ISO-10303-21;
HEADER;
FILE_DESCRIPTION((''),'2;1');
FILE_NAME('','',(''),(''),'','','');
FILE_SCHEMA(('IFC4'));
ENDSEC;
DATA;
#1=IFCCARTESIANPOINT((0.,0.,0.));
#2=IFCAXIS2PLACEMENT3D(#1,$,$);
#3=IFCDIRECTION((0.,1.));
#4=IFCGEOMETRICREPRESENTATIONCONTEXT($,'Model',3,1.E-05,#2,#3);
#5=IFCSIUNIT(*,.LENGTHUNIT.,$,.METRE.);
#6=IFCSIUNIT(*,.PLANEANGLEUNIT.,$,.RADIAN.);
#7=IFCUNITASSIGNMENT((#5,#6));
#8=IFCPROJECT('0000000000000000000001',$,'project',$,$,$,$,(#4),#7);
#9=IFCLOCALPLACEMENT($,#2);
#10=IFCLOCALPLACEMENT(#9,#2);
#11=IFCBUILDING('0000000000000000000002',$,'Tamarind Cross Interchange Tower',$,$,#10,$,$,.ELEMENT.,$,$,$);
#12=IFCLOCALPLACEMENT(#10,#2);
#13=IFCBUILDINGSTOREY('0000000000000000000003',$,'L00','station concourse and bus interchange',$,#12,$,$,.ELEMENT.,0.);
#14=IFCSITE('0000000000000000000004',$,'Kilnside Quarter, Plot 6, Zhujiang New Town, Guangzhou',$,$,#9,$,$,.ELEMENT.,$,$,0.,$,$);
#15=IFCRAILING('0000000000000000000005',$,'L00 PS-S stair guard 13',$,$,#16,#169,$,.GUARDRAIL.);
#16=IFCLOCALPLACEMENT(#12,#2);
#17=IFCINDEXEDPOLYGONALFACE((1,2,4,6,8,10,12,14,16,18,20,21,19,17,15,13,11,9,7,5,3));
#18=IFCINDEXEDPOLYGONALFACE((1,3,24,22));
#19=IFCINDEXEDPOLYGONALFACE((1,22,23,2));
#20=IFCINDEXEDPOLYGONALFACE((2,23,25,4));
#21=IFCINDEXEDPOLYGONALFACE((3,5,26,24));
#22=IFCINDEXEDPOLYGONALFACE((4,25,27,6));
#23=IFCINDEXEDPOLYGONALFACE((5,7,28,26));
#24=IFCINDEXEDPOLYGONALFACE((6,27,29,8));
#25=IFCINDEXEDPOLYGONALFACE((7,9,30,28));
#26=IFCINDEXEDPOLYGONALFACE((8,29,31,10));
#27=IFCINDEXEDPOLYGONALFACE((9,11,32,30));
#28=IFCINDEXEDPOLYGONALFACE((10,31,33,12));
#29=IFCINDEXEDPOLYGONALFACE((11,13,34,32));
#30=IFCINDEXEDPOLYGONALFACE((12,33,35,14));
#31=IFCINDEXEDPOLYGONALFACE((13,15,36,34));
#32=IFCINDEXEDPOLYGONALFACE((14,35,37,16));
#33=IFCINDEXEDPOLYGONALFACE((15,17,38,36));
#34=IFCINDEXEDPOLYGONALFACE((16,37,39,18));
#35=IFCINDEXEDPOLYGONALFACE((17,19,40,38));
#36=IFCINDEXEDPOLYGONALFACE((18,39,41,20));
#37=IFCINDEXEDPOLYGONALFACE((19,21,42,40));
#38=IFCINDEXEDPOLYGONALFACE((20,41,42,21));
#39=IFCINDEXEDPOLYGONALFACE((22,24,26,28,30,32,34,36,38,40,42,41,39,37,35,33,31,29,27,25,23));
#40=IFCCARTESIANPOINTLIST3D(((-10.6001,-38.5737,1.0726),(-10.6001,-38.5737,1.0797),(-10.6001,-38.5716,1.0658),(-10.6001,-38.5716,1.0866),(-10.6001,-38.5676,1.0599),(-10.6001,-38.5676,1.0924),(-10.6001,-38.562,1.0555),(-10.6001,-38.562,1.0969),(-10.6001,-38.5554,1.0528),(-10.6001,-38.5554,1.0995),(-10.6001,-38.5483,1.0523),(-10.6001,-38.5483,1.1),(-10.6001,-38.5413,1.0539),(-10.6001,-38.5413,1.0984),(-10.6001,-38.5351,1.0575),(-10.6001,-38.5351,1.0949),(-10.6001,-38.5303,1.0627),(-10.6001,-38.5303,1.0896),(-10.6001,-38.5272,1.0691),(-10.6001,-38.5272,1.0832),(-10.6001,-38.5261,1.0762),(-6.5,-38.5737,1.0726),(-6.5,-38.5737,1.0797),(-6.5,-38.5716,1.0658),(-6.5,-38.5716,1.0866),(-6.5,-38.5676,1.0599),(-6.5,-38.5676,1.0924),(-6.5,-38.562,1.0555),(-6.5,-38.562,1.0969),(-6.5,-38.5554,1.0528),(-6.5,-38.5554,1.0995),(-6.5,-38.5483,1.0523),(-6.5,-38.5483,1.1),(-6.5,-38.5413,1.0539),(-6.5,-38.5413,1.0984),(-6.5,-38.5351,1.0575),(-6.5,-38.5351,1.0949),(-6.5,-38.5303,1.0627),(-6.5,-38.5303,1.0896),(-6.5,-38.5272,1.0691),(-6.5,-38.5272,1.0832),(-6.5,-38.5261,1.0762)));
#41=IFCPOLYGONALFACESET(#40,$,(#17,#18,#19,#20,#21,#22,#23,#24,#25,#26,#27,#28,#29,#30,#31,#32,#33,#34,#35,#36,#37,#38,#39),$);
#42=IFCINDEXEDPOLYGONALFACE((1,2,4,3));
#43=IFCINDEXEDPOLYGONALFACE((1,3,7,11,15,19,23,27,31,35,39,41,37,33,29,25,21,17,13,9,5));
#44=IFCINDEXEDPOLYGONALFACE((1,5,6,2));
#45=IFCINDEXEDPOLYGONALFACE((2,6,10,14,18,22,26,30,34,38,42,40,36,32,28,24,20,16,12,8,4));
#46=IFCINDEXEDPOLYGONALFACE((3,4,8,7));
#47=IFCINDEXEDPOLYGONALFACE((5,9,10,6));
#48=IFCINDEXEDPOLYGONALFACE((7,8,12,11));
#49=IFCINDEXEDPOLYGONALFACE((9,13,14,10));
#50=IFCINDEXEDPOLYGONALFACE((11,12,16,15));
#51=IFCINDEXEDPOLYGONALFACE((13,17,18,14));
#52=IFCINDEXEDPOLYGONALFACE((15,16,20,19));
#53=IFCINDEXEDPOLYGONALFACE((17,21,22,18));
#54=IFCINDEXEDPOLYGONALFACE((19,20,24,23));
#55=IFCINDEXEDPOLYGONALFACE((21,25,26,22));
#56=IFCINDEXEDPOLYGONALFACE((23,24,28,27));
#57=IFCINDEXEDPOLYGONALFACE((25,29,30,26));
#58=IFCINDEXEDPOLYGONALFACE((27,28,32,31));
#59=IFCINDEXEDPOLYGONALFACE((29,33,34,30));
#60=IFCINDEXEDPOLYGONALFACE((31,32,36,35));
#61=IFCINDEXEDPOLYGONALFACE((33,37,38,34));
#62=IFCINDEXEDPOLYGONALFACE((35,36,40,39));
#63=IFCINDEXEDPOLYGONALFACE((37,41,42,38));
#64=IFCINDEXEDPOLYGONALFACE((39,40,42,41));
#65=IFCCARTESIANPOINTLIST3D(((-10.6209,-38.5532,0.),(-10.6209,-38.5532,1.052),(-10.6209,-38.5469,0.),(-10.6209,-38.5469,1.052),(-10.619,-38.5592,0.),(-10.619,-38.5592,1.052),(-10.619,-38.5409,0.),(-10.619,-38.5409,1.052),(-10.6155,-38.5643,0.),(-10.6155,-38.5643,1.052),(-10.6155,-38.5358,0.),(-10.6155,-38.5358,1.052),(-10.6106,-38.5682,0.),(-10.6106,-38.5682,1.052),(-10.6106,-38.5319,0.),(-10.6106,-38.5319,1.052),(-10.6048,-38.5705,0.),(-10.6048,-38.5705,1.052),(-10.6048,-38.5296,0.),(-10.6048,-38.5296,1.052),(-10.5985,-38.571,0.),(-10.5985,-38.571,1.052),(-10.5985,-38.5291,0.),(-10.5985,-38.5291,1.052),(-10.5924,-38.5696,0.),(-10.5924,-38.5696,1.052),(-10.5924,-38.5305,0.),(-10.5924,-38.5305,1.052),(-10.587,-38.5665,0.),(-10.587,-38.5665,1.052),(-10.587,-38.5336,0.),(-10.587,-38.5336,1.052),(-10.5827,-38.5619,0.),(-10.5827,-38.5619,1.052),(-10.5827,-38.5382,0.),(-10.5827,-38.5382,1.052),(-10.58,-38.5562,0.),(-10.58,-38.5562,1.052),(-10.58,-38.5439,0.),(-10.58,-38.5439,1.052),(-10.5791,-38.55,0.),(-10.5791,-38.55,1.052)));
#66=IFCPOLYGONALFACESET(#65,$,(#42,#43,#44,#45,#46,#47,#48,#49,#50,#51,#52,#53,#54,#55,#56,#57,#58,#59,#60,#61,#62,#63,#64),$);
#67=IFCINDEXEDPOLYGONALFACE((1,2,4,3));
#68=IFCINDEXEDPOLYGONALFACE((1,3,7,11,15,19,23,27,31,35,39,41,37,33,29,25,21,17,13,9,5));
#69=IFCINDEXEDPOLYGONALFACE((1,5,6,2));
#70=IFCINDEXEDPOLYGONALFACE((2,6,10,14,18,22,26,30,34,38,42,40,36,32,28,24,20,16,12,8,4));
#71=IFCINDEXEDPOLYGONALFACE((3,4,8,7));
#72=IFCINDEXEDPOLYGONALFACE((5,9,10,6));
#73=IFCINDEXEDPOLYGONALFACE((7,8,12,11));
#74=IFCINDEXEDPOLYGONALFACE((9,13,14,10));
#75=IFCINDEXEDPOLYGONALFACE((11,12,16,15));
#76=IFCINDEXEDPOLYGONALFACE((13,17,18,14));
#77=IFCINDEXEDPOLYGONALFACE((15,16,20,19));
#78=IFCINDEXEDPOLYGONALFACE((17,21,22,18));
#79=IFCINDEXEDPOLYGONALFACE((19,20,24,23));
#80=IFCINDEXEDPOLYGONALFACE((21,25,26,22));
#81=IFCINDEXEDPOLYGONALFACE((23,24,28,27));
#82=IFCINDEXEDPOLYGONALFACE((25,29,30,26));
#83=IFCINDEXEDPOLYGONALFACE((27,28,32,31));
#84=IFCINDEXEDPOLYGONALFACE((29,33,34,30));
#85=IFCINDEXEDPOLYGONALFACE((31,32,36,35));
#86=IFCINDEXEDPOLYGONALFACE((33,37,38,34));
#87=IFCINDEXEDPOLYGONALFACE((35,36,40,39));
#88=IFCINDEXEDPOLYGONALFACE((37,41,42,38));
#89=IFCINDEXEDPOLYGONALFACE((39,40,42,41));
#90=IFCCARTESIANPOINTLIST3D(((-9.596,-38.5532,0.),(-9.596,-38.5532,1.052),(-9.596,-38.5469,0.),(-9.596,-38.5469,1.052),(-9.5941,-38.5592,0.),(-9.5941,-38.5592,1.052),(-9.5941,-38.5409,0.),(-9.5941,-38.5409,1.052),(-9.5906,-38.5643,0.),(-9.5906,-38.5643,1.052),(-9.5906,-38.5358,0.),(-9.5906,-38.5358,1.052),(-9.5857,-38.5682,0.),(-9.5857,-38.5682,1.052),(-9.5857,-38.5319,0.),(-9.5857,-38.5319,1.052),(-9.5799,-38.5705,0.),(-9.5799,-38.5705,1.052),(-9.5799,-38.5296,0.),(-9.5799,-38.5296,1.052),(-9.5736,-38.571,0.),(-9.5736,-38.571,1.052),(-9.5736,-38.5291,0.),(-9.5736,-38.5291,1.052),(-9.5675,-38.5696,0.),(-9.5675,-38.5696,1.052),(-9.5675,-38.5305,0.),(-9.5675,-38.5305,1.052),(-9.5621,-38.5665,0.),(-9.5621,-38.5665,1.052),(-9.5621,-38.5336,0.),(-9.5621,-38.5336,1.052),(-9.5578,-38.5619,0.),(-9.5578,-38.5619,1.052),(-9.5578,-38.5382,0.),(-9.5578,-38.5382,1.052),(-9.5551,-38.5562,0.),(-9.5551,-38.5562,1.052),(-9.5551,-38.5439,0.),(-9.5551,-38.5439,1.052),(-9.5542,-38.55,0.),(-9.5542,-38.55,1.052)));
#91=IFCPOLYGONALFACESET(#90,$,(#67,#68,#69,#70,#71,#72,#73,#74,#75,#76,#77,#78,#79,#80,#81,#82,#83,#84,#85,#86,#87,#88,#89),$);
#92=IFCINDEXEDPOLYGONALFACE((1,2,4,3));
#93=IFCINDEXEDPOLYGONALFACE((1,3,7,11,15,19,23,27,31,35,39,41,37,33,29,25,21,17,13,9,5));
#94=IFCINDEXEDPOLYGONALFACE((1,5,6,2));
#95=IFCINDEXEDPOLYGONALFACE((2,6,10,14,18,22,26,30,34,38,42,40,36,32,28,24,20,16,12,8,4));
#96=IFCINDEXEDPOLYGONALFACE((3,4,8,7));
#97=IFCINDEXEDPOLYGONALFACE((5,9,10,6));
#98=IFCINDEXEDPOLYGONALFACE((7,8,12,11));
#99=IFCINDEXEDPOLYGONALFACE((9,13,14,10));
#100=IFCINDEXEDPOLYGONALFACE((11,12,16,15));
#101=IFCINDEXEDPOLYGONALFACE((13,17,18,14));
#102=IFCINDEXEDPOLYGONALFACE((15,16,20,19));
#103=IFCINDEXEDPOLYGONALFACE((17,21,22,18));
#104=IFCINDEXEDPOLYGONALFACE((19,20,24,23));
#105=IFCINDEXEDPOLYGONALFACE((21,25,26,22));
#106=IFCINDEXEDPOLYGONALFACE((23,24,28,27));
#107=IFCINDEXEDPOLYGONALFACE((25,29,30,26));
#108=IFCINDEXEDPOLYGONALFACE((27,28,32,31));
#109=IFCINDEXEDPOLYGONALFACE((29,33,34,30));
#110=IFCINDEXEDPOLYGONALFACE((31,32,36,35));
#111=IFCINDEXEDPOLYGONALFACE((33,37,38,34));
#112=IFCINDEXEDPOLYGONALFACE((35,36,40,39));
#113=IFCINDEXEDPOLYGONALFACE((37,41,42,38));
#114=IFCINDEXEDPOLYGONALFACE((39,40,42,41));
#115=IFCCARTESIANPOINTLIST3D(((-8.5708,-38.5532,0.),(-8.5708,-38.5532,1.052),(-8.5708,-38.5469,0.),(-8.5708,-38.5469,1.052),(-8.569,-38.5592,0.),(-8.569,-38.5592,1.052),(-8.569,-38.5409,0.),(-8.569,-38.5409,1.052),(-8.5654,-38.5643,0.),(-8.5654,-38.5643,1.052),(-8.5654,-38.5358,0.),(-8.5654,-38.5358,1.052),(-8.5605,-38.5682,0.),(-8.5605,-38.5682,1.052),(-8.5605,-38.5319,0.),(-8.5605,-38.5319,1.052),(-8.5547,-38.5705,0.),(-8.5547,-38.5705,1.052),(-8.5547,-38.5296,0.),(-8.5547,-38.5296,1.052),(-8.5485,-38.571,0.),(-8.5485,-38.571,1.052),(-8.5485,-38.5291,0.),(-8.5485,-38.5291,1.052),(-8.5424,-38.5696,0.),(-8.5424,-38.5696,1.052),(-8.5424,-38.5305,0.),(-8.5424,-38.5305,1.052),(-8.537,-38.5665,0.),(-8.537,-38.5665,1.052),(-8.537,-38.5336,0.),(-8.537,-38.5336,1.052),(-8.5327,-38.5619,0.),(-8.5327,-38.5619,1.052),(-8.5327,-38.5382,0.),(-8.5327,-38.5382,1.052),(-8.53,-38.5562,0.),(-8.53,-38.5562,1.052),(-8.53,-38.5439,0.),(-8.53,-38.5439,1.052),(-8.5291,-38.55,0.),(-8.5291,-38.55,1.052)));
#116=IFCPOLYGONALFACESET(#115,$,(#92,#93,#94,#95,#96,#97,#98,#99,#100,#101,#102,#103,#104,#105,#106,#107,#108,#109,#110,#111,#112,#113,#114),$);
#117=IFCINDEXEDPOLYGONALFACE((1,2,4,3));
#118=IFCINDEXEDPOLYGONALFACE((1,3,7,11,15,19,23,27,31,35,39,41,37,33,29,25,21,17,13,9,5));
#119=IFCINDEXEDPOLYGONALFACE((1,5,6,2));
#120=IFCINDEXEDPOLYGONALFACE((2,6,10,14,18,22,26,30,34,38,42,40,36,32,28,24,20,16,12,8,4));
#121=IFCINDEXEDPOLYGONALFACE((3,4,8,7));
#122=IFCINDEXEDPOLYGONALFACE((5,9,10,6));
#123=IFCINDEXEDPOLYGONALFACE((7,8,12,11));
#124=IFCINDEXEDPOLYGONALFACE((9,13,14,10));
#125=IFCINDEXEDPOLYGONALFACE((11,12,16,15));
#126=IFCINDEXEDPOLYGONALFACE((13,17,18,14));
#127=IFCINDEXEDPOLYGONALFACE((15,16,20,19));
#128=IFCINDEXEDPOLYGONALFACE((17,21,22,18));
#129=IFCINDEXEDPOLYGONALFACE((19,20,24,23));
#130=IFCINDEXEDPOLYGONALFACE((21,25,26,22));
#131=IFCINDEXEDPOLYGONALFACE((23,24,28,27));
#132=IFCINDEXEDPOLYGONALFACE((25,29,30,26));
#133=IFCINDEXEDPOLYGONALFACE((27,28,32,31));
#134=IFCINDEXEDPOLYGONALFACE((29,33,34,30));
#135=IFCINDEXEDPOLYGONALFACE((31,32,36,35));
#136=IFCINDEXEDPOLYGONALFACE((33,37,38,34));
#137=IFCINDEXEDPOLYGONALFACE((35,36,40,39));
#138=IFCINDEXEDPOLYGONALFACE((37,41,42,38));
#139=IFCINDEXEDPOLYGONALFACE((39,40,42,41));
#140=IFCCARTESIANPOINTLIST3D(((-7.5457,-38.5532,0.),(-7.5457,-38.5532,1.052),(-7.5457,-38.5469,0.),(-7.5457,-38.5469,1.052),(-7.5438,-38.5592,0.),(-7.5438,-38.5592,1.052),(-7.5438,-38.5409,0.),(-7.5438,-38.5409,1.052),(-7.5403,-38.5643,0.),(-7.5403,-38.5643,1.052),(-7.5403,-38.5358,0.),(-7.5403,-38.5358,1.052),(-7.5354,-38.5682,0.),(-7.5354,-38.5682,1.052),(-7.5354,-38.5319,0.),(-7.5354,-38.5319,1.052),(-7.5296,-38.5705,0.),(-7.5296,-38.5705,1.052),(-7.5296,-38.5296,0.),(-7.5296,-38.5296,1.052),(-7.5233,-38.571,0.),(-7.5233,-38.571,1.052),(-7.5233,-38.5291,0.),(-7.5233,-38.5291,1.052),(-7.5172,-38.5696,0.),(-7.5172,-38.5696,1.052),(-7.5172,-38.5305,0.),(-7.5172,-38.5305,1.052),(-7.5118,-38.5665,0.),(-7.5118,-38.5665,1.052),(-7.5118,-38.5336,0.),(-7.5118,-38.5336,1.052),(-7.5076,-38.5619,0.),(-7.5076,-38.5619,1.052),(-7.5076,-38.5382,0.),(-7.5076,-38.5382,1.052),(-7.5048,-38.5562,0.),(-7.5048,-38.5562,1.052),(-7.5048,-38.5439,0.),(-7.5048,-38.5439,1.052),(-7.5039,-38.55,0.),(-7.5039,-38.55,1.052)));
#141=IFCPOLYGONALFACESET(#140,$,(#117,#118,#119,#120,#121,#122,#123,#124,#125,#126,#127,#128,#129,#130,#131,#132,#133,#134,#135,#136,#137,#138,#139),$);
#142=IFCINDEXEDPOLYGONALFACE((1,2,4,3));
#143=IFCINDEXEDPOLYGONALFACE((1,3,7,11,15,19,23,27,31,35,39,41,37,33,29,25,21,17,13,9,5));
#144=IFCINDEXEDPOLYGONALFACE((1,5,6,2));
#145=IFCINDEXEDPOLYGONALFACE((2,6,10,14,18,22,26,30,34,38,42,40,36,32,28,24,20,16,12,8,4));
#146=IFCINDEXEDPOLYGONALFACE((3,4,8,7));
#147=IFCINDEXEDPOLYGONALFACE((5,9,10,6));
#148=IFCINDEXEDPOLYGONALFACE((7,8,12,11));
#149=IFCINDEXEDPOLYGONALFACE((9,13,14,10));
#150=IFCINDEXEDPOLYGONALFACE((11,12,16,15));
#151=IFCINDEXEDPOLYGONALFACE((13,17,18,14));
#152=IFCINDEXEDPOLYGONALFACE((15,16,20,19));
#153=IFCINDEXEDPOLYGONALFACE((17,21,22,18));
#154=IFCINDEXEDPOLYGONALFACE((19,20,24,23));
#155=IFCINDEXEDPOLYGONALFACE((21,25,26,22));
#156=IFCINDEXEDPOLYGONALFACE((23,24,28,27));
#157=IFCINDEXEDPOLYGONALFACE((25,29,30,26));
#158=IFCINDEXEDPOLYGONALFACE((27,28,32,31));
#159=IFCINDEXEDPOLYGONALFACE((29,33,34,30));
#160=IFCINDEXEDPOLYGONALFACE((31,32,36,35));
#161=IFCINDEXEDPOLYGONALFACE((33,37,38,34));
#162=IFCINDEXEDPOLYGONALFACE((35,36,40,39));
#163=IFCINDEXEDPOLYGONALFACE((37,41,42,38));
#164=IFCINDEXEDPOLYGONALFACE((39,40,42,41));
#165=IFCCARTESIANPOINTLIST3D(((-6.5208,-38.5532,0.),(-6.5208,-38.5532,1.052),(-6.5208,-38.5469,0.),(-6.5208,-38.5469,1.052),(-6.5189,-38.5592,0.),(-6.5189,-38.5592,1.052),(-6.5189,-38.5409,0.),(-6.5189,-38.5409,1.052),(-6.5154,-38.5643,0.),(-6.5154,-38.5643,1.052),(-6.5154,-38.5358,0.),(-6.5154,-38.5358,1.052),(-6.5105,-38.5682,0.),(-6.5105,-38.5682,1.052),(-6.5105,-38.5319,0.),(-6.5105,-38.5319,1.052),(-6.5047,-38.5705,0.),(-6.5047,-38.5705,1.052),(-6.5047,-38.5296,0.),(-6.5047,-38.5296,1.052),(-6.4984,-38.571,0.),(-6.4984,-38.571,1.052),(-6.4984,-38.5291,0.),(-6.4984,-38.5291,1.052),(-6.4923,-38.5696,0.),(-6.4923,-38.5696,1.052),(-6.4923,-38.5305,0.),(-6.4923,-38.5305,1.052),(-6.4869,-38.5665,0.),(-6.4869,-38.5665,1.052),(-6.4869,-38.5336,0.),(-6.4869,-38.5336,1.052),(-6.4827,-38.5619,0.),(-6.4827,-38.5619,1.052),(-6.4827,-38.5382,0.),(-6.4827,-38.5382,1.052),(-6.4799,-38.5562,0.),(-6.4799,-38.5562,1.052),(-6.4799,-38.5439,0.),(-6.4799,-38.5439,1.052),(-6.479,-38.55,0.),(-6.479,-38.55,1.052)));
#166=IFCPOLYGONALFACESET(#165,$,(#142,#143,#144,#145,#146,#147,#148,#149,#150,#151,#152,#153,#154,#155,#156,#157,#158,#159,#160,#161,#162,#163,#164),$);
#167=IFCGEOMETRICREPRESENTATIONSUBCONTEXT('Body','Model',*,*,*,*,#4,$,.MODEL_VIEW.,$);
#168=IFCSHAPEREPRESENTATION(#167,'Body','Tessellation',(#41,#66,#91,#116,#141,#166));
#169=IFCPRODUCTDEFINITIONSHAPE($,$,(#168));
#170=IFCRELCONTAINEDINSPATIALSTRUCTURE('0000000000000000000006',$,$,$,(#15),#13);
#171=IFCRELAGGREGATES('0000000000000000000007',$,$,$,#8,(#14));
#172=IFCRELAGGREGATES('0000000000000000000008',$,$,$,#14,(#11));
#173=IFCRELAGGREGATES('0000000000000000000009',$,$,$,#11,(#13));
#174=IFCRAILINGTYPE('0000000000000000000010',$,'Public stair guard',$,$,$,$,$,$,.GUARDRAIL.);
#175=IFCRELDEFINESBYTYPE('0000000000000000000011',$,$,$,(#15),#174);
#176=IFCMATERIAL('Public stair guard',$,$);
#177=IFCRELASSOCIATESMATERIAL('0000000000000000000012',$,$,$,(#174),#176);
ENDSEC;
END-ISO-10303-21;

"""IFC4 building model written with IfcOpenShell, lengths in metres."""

from ifc_helpers import new_model, si_unit, direction, frame, origin, origin_2d, place, context, subcontext, project, spatial, circle, extrude, material, type_object, element, save


model = new_model("IFC4")

# Units and contexts
model_context = context("Model", 3, precision=1e-05, world=origin(), true_north=direction((0.0, 1.0)))
body_context = subcontext(model_context, "Body", "Model", "MODEL_VIEW")
ifc_project = project(units=[si_unit("LENGTHUNIT", "METRE"), si_unit("PLANEANGLEUNIT", "RADIAN")], contexts=[model_context])

# Site, building, storey
site_placement = place(None, origin())
site = spatial("IfcSite", under=ifc_project, at=site_placement, Name="Kilnside Quarter, Plot 6, Zhujiang New Town, Guangzhou", CompositionType="ELEMENT", RefElevation=0.0)
building_placement = place(site_placement, origin())
building = spatial("IfcBuilding", under=site, at=building_placement, Name="Tamarind Cross Interchange Tower", CompositionType="ELEMENT")
storey_placement = place(building_placement, origin())
storey = spatial("IfcBuildingStorey", under=building, at=storey_placement, Name="L00", Description="station concourse and bus interchange", CompositionType="ELEMENT", Elevation=0.0)

# Railing
ifc_material_1 = material(Name="Public stair guard")
railing_type_1 = type_object("IfcRailingType", Name="Public stair guard", PredefinedType="GUARDRAIL", material=ifc_material_1)
railing_1_placement = place(storey_placement, frame((-10.6001, -38.55, 0.0)))
element("IfcRailing", 1, at=railing_1_placement, inside=storey, type_object=railing_type_1, Name="L00 PS-S stair guard 13", PredefinedType="GUARDRAIL", context=body_context, shape_type="SweptSolid", body=[
    extrude(circle(Radius=0.0239, at=origin_2d()), frame((0.0, 0.0, 1.0762), z_axis=(1.0, 0.0, 0.0), x_axis=(0.0, 1.0, 0.0)), (0.0, 0.0, 1.0), 4.1001),
    extrude(circle(Radius=0.021, at=origin_2d()), origin(), (0.0, 0.0, 1.0), 1.052),
    extrude(circle(Radius=0.021, at=origin_2d()), frame((1.0249, 0.0, 0.0)), (0.0, 0.0, 1.0), 1.052),
    extrude(circle(Radius=0.021, at=origin_2d()), frame((2.05, 0.0, 0.0)), (0.0, 0.0, 1.0), 1.052),
    extrude(circle(Radius=0.021, at=origin_2d()), frame((3.0752, 0.0, 0.0)), (0.0, 0.0, 1.0), 1.052),
    extrude(circle(Radius=0.021, at=origin_2d()), frame((4.1001, 0.0, 0.0)), (0.0, 0.0, 1.0), 1.052),
])

save(model, "model.ifc")
